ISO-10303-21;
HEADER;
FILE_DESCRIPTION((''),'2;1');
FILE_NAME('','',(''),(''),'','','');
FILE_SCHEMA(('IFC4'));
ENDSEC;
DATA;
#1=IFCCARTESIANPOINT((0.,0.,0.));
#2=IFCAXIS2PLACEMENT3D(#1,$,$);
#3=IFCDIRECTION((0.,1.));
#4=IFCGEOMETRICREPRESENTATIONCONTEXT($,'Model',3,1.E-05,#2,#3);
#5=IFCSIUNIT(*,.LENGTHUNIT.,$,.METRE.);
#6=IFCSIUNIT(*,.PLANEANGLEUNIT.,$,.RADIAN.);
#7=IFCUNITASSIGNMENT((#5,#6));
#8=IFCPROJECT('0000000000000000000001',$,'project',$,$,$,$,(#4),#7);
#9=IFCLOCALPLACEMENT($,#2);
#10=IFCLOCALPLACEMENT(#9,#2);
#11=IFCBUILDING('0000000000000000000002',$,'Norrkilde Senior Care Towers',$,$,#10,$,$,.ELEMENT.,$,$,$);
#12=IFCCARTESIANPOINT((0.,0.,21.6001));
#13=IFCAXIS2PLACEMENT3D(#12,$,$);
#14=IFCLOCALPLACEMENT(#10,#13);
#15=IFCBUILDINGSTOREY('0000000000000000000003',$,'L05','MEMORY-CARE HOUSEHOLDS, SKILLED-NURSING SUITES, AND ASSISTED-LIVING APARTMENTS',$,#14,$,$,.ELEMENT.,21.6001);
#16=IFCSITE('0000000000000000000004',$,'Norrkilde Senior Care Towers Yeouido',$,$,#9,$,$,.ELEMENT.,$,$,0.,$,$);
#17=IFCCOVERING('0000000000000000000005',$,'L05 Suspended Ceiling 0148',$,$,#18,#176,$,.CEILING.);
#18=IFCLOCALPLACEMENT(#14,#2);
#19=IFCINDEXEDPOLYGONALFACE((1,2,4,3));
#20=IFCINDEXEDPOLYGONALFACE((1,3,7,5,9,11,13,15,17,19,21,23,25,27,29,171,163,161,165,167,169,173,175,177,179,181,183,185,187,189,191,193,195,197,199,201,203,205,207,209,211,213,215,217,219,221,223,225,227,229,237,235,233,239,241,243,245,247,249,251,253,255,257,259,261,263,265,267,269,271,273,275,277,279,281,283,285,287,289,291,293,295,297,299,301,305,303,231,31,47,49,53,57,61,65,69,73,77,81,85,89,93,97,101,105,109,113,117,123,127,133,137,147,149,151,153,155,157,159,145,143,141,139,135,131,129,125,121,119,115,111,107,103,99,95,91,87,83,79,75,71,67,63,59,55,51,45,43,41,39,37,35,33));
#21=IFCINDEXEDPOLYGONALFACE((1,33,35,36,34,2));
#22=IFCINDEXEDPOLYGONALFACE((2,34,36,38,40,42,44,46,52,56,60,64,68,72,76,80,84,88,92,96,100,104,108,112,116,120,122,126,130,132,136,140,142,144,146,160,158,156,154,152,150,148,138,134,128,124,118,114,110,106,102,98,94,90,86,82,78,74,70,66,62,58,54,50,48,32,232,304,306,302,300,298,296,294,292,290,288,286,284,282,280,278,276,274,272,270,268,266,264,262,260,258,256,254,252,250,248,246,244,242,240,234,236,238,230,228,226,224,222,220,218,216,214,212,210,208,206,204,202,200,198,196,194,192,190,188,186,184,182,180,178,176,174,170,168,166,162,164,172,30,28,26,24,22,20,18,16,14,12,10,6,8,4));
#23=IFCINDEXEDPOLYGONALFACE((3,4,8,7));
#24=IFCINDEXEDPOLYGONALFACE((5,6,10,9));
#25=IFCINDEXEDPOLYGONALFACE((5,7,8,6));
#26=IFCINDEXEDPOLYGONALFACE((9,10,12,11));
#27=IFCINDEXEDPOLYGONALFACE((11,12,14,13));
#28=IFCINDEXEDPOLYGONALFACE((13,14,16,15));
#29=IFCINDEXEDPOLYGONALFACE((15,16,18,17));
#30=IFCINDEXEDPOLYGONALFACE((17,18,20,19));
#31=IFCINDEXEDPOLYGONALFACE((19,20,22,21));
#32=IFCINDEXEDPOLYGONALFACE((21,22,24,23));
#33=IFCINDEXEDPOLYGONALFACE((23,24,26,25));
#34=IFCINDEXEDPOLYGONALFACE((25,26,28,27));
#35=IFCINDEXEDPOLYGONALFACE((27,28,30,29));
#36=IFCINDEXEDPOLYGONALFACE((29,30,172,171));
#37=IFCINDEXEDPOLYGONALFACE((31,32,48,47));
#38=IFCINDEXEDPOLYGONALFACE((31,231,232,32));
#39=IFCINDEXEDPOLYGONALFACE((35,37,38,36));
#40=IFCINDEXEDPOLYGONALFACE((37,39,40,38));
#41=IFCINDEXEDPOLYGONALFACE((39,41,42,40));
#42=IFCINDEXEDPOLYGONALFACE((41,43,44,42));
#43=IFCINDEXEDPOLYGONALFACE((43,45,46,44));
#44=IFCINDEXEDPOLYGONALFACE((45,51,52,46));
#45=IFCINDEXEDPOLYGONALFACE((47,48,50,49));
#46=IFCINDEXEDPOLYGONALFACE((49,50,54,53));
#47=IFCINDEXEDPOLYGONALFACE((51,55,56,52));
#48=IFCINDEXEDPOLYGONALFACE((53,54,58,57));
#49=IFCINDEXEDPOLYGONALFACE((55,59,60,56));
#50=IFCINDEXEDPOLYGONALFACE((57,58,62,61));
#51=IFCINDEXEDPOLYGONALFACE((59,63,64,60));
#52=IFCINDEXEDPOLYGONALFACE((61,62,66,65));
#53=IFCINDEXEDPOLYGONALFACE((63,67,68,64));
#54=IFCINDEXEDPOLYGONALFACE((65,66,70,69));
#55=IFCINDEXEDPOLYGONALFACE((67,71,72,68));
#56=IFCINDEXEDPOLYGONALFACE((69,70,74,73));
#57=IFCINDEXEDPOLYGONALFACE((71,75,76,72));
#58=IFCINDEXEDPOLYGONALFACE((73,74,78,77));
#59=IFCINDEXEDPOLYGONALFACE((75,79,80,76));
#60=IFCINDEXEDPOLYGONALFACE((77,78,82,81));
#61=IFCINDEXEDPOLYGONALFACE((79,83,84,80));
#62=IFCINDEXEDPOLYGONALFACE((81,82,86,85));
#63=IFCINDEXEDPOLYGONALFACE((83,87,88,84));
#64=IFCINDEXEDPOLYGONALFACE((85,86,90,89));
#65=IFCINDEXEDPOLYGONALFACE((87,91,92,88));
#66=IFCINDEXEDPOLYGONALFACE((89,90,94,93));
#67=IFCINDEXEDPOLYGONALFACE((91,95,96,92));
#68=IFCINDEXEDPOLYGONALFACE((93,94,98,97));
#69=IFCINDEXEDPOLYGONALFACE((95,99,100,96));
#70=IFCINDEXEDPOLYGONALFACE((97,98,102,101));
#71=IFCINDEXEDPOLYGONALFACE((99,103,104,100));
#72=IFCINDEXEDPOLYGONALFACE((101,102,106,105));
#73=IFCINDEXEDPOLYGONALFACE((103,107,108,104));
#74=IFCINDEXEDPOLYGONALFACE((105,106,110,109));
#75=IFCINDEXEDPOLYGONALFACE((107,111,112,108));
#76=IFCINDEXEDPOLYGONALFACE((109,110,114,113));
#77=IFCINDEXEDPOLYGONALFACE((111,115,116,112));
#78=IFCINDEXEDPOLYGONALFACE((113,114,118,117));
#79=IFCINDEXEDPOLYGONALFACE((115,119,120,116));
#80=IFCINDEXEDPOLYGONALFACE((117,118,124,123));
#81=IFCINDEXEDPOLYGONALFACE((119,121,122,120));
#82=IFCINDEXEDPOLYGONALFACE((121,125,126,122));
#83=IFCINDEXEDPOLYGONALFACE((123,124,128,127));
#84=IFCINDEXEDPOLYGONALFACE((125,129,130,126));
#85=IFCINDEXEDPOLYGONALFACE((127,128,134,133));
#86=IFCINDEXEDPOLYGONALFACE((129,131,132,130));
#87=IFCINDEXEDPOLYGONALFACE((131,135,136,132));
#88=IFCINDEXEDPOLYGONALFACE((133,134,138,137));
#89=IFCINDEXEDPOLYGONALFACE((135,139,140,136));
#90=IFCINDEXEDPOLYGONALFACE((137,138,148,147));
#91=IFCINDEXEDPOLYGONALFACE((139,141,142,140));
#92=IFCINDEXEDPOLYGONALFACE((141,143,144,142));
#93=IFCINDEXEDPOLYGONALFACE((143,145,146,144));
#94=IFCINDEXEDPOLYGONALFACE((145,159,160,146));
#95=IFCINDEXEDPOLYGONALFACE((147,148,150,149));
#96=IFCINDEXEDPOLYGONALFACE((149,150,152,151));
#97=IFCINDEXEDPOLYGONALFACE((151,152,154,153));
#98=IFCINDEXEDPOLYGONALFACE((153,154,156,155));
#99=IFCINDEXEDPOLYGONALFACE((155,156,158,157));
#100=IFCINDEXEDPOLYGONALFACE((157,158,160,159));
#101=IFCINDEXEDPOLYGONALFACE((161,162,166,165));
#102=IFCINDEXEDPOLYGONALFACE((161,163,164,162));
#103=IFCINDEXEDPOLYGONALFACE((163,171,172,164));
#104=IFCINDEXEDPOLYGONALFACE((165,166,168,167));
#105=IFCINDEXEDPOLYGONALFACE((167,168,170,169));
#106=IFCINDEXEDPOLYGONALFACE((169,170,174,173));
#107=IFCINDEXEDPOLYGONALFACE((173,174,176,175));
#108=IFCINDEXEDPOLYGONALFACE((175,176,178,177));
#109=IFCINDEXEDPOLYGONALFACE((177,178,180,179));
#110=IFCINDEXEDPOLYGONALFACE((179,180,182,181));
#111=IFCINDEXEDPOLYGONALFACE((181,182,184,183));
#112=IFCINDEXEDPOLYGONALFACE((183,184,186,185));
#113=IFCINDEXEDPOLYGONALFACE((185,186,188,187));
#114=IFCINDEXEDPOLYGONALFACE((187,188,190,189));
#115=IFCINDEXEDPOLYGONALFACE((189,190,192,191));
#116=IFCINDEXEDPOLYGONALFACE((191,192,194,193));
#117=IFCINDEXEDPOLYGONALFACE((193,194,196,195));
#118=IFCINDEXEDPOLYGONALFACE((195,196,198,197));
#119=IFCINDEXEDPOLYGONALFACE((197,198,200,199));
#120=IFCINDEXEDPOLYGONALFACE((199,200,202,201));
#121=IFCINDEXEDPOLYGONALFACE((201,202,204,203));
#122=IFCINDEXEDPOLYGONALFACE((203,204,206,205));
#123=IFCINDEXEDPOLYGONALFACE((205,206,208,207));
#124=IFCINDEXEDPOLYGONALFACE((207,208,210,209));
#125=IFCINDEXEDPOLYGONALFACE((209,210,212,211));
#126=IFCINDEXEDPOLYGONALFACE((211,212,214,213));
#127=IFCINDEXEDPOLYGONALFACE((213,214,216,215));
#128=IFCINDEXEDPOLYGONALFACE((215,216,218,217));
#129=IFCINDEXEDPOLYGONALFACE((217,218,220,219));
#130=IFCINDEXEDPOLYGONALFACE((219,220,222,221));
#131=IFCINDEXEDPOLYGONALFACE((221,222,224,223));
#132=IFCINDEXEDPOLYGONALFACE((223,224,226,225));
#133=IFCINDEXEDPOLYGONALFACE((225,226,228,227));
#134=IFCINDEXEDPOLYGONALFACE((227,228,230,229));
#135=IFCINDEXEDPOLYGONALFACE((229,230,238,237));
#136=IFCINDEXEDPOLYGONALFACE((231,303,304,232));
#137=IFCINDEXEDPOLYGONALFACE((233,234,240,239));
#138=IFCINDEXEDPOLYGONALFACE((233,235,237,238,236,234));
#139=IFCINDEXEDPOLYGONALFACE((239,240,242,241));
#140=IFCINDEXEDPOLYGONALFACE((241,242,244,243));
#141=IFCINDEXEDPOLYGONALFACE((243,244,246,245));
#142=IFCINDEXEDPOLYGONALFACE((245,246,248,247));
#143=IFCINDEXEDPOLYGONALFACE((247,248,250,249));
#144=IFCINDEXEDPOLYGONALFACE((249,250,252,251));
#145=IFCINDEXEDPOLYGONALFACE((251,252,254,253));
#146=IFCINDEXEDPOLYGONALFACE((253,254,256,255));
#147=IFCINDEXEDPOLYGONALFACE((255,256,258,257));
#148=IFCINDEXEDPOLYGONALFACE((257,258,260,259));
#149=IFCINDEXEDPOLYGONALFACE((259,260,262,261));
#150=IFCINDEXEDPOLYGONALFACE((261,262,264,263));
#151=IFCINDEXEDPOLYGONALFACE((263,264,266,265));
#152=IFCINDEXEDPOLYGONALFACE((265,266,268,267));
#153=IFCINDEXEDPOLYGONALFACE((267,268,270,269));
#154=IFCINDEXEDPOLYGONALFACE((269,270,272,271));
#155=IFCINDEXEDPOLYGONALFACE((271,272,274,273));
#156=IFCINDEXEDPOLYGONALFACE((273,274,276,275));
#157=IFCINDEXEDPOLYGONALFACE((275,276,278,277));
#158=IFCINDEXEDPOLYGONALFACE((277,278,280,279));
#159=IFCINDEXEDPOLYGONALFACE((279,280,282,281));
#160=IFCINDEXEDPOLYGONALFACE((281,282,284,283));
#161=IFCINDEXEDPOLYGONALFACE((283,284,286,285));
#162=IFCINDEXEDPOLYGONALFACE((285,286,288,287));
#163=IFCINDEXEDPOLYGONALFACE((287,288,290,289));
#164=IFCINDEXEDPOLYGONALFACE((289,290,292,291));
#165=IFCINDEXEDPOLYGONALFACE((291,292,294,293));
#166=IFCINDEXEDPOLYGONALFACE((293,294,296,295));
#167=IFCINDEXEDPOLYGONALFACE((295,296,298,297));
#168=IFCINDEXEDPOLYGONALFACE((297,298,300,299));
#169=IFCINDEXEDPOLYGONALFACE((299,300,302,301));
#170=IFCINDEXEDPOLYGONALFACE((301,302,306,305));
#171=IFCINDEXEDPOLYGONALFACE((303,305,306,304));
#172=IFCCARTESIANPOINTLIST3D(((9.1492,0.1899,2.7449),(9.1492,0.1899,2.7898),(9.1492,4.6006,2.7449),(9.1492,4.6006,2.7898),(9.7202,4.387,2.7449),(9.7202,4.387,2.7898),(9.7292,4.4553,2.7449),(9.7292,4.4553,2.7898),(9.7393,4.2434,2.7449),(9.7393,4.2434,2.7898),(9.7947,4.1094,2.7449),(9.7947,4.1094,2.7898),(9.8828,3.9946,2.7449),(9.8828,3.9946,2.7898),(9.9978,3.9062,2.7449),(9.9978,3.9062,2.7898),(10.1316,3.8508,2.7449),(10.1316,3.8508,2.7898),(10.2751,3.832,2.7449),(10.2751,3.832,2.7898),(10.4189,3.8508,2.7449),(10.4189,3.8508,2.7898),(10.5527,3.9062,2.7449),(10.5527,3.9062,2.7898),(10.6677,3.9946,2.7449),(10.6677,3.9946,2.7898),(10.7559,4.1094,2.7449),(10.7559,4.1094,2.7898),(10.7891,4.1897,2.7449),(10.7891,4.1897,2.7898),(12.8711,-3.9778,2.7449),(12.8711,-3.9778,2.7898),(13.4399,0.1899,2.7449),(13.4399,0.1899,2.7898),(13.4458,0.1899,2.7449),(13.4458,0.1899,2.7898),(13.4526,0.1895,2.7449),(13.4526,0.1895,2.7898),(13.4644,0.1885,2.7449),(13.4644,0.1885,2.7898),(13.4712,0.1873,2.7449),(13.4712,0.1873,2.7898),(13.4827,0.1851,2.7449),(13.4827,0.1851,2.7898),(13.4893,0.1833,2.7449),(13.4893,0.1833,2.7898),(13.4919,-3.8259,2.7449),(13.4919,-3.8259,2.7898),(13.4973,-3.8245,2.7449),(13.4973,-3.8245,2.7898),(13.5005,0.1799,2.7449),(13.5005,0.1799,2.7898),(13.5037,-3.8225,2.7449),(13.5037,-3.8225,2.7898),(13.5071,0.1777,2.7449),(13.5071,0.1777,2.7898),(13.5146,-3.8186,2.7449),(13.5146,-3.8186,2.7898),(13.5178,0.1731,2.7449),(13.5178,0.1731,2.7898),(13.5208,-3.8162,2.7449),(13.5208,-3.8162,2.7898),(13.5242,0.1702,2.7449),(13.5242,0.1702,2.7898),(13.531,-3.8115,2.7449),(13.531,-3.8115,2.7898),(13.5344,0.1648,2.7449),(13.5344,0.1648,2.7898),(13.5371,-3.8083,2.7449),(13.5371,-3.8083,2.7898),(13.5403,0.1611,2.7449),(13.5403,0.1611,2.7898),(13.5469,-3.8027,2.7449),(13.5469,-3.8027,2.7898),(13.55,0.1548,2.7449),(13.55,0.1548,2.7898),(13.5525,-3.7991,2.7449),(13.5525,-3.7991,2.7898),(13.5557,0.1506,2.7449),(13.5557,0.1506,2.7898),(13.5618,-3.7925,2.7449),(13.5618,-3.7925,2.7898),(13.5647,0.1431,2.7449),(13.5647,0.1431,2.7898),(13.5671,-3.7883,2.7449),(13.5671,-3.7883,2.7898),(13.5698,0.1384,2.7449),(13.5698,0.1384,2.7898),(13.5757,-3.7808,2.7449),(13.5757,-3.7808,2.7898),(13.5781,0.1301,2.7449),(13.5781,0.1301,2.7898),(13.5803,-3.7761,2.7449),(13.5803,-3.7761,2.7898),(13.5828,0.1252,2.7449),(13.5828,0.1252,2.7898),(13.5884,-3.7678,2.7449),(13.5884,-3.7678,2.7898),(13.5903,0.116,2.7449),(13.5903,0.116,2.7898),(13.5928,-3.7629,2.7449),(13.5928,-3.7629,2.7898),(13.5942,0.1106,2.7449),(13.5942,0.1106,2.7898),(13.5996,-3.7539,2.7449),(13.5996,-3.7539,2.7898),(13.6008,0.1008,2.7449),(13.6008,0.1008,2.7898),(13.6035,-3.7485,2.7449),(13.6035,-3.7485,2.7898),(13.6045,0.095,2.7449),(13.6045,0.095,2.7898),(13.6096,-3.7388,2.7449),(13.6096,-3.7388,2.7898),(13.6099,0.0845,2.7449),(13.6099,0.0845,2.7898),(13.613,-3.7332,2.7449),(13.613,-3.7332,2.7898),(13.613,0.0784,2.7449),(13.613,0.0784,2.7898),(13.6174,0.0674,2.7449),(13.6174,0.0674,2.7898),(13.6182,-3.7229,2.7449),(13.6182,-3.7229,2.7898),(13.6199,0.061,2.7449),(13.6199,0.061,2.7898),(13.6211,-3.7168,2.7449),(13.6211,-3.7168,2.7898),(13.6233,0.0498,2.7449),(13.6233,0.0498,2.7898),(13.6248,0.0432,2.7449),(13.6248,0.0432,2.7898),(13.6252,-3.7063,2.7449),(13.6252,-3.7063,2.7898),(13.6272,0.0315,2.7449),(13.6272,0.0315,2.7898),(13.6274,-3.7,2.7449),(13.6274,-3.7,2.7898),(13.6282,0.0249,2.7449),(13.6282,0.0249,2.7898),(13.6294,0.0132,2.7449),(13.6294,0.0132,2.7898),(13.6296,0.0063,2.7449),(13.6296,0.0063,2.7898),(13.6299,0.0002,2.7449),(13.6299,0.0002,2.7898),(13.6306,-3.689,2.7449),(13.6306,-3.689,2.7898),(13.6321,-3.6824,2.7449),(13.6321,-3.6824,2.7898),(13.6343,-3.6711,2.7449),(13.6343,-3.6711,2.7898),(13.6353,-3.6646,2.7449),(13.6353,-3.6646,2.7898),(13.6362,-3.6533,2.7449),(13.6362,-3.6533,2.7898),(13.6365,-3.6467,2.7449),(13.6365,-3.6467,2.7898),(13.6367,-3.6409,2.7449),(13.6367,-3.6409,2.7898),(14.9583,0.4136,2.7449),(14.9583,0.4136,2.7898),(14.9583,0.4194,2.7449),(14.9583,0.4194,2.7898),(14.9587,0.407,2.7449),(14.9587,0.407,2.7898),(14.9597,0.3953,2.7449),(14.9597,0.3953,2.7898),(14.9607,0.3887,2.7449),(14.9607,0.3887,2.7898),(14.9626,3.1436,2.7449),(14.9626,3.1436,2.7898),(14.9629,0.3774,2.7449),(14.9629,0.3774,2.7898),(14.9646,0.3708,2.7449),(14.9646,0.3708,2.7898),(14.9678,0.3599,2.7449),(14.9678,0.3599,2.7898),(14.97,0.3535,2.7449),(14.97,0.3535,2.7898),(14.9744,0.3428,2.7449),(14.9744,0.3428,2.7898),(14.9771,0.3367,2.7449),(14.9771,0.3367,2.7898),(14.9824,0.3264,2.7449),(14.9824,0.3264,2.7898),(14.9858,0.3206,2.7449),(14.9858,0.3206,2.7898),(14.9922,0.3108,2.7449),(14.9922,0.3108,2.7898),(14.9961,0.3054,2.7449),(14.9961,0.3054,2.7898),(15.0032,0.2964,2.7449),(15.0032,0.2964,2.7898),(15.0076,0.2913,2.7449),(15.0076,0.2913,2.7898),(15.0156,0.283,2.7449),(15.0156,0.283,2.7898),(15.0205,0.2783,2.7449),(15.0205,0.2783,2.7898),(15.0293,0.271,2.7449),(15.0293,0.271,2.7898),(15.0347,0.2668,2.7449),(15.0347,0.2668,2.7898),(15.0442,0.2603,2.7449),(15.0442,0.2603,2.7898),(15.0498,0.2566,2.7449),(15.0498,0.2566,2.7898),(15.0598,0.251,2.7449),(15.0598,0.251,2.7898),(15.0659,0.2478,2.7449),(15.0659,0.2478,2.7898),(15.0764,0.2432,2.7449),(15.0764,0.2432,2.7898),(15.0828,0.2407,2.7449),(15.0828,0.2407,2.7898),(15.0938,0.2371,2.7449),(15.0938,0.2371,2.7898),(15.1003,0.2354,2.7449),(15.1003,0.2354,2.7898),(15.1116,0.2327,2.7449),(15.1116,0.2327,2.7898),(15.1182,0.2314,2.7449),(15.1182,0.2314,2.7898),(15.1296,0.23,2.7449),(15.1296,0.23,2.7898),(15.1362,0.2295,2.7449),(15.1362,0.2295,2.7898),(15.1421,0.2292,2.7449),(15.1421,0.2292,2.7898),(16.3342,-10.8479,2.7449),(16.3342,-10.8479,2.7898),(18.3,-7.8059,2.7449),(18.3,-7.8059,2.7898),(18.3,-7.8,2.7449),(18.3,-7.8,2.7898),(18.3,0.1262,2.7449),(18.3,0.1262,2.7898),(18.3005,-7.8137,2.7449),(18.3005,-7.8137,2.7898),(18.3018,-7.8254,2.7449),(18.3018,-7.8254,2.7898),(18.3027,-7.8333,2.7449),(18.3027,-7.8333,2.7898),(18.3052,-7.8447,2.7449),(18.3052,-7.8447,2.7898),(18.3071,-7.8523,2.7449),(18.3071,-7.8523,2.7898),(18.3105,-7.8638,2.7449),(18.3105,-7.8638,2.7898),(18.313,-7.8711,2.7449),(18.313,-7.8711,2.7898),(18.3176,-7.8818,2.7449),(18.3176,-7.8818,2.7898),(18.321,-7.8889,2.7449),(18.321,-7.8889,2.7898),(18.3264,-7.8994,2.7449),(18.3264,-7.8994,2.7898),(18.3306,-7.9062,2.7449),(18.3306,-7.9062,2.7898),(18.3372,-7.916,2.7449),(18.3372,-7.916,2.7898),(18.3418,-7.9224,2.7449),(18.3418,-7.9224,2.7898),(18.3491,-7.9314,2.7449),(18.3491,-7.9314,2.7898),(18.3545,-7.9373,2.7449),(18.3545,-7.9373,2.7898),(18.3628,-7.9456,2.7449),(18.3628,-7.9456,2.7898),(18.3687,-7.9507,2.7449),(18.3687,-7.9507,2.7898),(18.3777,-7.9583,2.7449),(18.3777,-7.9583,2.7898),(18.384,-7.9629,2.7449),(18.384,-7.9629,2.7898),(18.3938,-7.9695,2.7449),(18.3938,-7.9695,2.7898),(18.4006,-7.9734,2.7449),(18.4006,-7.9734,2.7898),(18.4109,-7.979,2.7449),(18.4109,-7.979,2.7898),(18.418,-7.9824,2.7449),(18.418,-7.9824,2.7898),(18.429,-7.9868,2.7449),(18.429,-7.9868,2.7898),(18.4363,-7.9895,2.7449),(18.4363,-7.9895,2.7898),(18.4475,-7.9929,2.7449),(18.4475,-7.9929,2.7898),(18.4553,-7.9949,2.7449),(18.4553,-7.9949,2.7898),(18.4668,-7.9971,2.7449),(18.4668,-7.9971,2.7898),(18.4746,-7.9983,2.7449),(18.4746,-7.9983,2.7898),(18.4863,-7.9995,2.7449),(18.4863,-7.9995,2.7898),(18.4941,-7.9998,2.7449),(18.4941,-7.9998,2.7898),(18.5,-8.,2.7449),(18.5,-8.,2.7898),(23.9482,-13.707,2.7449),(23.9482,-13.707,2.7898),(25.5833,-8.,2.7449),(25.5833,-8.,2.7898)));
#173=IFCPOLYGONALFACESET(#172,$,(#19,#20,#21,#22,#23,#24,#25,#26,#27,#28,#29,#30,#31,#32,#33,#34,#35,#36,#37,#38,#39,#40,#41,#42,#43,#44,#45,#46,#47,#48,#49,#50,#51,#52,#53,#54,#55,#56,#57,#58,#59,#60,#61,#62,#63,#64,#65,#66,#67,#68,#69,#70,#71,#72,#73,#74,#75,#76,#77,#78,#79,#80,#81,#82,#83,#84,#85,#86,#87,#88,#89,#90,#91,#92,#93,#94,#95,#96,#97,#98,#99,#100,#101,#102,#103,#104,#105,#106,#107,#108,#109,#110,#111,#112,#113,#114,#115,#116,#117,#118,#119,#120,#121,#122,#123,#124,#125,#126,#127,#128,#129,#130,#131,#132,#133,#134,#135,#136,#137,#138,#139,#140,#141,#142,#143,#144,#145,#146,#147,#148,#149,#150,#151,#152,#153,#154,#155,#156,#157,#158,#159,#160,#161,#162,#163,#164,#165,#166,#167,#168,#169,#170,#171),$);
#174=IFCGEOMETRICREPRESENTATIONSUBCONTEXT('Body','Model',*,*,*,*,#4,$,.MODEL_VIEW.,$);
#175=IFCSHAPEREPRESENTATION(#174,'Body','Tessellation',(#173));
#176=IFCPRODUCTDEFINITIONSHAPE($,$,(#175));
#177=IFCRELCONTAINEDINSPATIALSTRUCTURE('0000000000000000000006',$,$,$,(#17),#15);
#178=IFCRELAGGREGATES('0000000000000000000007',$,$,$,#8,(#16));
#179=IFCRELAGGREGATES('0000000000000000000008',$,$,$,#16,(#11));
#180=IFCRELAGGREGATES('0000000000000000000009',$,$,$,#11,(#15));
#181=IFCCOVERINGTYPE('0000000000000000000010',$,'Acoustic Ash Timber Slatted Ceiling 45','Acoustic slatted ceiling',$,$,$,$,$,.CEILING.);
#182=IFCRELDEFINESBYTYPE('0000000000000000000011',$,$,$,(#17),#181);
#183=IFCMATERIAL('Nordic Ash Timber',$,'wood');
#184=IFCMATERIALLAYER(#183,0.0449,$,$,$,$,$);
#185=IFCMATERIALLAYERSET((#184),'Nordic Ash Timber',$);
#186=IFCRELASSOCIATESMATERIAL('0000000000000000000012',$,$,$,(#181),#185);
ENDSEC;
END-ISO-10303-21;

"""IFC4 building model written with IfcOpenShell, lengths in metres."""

from ifc_helpers import new_model, si_unit, direction, frame, origin, place, context, subcontext, project, spatial, polyline, outline, extrude, material, layer, layer_set, type_object, element, save


model = new_model("IFC4")

# Units and contexts
model_context = context("Model", 3, precision=1e-05, world=origin(), true_north=direction((0.0, 1.0)))
body_context = subcontext(model_context, "Body", "Model", "MODEL_VIEW")
ifc_project = project(units=[si_unit("LENGTHUNIT", "METRE"), si_unit("PLANEANGLEUNIT", "RADIAN")], contexts=[model_context])

# Site, building, storey
site_placement = place(None, origin())
site = spatial("IfcSite", under=ifc_project, at=site_placement, Name="Norrkilde Senior Care Towers Yeouido", CompositionType="ELEMENT", RefElevation=0.0)
building_placement = place(site_placement, origin())
building = spatial("IfcBuilding", under=site, at=building_placement, Name="Norrkilde Senior Care Towers", CompositionType="ELEMENT")
storey_placement = place(building_placement, frame((0.0, 0.0, 21.6001)))
storey = spatial("IfcBuildingStorey", under=building, at=storey_placement, Name="L05", Description="MEMORY-CARE HOUSEHOLDS, SKILLED-NURSING SUITES, AND ASSISTED-LIVING APARTMENTS", CompositionType="ELEMENT", Elevation=21.6001)

# Shared definitions
ifc_material_1 = material(Name="Nordic Ash Timber", Category="wood")

# Covering
ifc_layer_1 = layer(ifc_material_1, 0.0449)
ifc_layer_set_1 = layer_set([ifc_layer_1], Name="Nordic Ash Timber")
covering_type_1 = type_object("IfcCoveringType", Name="Acoustic Ash Timber Slatted Ceiling 45", Description="Acoustic slatted ceiling", PredefinedType="CEILING", material=ifc_layer_set_1)
covering_1_placement = place(storey_placement, frame((0.0, 0.0, 2.7449)))
element("IfcCovering", 1, at=covering_1_placement, inside=storey, type_object=covering_type_1, Name="L05 Suspended Ceiling 0148", PredefinedType="CEILING", context=body_context, shape_type="SweptSolid", body=[
    extrude(outline(polyline([(14.9607, 0.3887), (14.9629, 0.3774), (14.9646, 0.3708), (14.9678, 0.3599), (14.97, 0.3535), (14.9744, 0.3428), (14.9771, 0.3367), (14.9824, 0.3264), (14.9858, 0.3206), (14.9922, 0.3108), (14.9961, 0.3054), (15.0032, 0.2964), (15.0076, 0.2913), (15.0156, 0.283), (15.0205, 0.2783), (15.0293, 0.271), (15.0347, 0.2668), (15.0442, 0.2603), (15.0498, 0.2566), (15.0598, 0.251), (15.0659, 0.2478), (15.0764, 0.2432), (15.0828, 0.2407), (15.0938, 0.2371), (15.1003, 0.2354), (15.1116, 0.2327), (15.1182, 0.2314), (15.1296, 0.23), (15.1362, 0.2295), (15.1421, 0.2292), (18.3, 0.1262), (18.3, -7.8), (18.3, -7.8059), (18.3005, -7.8137), (18.3018, -7.8254), (18.3027, -7.8333), (18.3052, -7.8447), (18.3071, -7.8523), (18.3105, -7.8638), (18.313, -7.8711), (18.3176, -7.8818), (18.321, -7.8889), (18.3264, -7.8994), (18.3306, -7.9062), (18.3372, -7.916), (18.3418, -7.9224), (18.3491, -7.9314), (18.3545, -7.9373), (18.3628, -7.9456), (18.3687, -7.9507), (18.3777, -7.9583), (18.384, -7.9629), (18.3938, -7.9695), (18.4006, -7.9734), (18.4109, -7.979), (18.418, -7.9824), (18.429, -7.9868), (18.4363, -7.9895), (18.4475, -7.9929), (18.4553, -7.9949), (18.4668, -7.9971), (18.4746, -7.9983), (18.4863, -7.9995), (18.4941, -7.9998), (18.5, -8.0), (25.5833, -8.0), (23.9482, -13.707), (16.3342, -10.8479), (12.8711, -3.9778), (13.4919, -3.8259), (13.4973, -3.8245), (13.5037, -3.8225), (13.5146, -3.8186), (13.5208, -3.8162), (13.531, -3.8115), (13.5371, -3.8083), (13.5469, -3.8027), (13.5525, -3.7991), (13.5618, -3.7925), (13.5671, -3.7883), (13.5757, -3.7808), (13.5803, -3.7761), (13.5884, -3.7678), (13.5928, -3.7629), (13.5996, -3.7539), (13.6035, -3.7485), (13.6096, -3.7388), (13.613, -3.7332), (13.6182, -3.7229), (13.6211, -3.7168), (13.6252, -3.7063), (13.6274, -3.7), (13.6306, -3.689), (13.6321, -3.6824), (13.6343, -3.6711), (13.6353, -3.6646), (13.6362, -3.6533), (13.6365, -3.6467), (13.6367, -3.6409), (13.6299, 0.0002), (13.6296, 0.0063), (13.6294, 0.0132), (13.6282, 0.0249), (13.6272, 0.0315), (13.6248, 0.0432), (13.6233, 0.0498), (13.6199, 0.061), (13.6174, 0.0674), (13.613, 0.0784), (13.6099, 0.0845), (13.6045, 0.095), (13.6008, 0.1008), (13.5942, 0.1106), (13.5903, 0.116), (13.5828, 0.1252), (13.5781, 0.1301), (13.5698, 0.1384), (13.5647, 0.1431), (13.5557, 0.1506), (13.55, 0.1548), (13.5403, 0.1611), (13.5344, 0.1648), (13.5242, 0.1702), (13.5178, 0.1731), (13.5071, 0.1777), (13.5005, 0.1799), (13.4893, 0.1833), (13.4827, 0.1851), (13.4712, 0.1873), (13.4644, 0.1885), (13.4526, 0.1895), (13.4458, 0.1899), (13.4399, 0.1899), (9.1492, 0.1899), (9.1492, 4.6006), (9.7292, 4.4553), (9.7202, 4.387), (9.7393, 4.2434), (9.7947, 4.1094), (9.8828, 3.9946), (9.9978, 3.9062), (10.1316, 3.8508), (10.2751, 3.832), (10.4189, 3.8508), (10.5527, 3.9062), (10.6677, 3.9946), (10.7559, 4.1094), (10.7891, 4.1897), (14.9626, 3.1436), (14.9583, 0.4194), (14.9583, 0.4136), (14.9587, 0.407), (14.9597, 0.3953), (14.9607, 0.3887)])), origin(), (0.0, 0.0, 1.0), 0.0449),
])

save(model, "model.ifc")
